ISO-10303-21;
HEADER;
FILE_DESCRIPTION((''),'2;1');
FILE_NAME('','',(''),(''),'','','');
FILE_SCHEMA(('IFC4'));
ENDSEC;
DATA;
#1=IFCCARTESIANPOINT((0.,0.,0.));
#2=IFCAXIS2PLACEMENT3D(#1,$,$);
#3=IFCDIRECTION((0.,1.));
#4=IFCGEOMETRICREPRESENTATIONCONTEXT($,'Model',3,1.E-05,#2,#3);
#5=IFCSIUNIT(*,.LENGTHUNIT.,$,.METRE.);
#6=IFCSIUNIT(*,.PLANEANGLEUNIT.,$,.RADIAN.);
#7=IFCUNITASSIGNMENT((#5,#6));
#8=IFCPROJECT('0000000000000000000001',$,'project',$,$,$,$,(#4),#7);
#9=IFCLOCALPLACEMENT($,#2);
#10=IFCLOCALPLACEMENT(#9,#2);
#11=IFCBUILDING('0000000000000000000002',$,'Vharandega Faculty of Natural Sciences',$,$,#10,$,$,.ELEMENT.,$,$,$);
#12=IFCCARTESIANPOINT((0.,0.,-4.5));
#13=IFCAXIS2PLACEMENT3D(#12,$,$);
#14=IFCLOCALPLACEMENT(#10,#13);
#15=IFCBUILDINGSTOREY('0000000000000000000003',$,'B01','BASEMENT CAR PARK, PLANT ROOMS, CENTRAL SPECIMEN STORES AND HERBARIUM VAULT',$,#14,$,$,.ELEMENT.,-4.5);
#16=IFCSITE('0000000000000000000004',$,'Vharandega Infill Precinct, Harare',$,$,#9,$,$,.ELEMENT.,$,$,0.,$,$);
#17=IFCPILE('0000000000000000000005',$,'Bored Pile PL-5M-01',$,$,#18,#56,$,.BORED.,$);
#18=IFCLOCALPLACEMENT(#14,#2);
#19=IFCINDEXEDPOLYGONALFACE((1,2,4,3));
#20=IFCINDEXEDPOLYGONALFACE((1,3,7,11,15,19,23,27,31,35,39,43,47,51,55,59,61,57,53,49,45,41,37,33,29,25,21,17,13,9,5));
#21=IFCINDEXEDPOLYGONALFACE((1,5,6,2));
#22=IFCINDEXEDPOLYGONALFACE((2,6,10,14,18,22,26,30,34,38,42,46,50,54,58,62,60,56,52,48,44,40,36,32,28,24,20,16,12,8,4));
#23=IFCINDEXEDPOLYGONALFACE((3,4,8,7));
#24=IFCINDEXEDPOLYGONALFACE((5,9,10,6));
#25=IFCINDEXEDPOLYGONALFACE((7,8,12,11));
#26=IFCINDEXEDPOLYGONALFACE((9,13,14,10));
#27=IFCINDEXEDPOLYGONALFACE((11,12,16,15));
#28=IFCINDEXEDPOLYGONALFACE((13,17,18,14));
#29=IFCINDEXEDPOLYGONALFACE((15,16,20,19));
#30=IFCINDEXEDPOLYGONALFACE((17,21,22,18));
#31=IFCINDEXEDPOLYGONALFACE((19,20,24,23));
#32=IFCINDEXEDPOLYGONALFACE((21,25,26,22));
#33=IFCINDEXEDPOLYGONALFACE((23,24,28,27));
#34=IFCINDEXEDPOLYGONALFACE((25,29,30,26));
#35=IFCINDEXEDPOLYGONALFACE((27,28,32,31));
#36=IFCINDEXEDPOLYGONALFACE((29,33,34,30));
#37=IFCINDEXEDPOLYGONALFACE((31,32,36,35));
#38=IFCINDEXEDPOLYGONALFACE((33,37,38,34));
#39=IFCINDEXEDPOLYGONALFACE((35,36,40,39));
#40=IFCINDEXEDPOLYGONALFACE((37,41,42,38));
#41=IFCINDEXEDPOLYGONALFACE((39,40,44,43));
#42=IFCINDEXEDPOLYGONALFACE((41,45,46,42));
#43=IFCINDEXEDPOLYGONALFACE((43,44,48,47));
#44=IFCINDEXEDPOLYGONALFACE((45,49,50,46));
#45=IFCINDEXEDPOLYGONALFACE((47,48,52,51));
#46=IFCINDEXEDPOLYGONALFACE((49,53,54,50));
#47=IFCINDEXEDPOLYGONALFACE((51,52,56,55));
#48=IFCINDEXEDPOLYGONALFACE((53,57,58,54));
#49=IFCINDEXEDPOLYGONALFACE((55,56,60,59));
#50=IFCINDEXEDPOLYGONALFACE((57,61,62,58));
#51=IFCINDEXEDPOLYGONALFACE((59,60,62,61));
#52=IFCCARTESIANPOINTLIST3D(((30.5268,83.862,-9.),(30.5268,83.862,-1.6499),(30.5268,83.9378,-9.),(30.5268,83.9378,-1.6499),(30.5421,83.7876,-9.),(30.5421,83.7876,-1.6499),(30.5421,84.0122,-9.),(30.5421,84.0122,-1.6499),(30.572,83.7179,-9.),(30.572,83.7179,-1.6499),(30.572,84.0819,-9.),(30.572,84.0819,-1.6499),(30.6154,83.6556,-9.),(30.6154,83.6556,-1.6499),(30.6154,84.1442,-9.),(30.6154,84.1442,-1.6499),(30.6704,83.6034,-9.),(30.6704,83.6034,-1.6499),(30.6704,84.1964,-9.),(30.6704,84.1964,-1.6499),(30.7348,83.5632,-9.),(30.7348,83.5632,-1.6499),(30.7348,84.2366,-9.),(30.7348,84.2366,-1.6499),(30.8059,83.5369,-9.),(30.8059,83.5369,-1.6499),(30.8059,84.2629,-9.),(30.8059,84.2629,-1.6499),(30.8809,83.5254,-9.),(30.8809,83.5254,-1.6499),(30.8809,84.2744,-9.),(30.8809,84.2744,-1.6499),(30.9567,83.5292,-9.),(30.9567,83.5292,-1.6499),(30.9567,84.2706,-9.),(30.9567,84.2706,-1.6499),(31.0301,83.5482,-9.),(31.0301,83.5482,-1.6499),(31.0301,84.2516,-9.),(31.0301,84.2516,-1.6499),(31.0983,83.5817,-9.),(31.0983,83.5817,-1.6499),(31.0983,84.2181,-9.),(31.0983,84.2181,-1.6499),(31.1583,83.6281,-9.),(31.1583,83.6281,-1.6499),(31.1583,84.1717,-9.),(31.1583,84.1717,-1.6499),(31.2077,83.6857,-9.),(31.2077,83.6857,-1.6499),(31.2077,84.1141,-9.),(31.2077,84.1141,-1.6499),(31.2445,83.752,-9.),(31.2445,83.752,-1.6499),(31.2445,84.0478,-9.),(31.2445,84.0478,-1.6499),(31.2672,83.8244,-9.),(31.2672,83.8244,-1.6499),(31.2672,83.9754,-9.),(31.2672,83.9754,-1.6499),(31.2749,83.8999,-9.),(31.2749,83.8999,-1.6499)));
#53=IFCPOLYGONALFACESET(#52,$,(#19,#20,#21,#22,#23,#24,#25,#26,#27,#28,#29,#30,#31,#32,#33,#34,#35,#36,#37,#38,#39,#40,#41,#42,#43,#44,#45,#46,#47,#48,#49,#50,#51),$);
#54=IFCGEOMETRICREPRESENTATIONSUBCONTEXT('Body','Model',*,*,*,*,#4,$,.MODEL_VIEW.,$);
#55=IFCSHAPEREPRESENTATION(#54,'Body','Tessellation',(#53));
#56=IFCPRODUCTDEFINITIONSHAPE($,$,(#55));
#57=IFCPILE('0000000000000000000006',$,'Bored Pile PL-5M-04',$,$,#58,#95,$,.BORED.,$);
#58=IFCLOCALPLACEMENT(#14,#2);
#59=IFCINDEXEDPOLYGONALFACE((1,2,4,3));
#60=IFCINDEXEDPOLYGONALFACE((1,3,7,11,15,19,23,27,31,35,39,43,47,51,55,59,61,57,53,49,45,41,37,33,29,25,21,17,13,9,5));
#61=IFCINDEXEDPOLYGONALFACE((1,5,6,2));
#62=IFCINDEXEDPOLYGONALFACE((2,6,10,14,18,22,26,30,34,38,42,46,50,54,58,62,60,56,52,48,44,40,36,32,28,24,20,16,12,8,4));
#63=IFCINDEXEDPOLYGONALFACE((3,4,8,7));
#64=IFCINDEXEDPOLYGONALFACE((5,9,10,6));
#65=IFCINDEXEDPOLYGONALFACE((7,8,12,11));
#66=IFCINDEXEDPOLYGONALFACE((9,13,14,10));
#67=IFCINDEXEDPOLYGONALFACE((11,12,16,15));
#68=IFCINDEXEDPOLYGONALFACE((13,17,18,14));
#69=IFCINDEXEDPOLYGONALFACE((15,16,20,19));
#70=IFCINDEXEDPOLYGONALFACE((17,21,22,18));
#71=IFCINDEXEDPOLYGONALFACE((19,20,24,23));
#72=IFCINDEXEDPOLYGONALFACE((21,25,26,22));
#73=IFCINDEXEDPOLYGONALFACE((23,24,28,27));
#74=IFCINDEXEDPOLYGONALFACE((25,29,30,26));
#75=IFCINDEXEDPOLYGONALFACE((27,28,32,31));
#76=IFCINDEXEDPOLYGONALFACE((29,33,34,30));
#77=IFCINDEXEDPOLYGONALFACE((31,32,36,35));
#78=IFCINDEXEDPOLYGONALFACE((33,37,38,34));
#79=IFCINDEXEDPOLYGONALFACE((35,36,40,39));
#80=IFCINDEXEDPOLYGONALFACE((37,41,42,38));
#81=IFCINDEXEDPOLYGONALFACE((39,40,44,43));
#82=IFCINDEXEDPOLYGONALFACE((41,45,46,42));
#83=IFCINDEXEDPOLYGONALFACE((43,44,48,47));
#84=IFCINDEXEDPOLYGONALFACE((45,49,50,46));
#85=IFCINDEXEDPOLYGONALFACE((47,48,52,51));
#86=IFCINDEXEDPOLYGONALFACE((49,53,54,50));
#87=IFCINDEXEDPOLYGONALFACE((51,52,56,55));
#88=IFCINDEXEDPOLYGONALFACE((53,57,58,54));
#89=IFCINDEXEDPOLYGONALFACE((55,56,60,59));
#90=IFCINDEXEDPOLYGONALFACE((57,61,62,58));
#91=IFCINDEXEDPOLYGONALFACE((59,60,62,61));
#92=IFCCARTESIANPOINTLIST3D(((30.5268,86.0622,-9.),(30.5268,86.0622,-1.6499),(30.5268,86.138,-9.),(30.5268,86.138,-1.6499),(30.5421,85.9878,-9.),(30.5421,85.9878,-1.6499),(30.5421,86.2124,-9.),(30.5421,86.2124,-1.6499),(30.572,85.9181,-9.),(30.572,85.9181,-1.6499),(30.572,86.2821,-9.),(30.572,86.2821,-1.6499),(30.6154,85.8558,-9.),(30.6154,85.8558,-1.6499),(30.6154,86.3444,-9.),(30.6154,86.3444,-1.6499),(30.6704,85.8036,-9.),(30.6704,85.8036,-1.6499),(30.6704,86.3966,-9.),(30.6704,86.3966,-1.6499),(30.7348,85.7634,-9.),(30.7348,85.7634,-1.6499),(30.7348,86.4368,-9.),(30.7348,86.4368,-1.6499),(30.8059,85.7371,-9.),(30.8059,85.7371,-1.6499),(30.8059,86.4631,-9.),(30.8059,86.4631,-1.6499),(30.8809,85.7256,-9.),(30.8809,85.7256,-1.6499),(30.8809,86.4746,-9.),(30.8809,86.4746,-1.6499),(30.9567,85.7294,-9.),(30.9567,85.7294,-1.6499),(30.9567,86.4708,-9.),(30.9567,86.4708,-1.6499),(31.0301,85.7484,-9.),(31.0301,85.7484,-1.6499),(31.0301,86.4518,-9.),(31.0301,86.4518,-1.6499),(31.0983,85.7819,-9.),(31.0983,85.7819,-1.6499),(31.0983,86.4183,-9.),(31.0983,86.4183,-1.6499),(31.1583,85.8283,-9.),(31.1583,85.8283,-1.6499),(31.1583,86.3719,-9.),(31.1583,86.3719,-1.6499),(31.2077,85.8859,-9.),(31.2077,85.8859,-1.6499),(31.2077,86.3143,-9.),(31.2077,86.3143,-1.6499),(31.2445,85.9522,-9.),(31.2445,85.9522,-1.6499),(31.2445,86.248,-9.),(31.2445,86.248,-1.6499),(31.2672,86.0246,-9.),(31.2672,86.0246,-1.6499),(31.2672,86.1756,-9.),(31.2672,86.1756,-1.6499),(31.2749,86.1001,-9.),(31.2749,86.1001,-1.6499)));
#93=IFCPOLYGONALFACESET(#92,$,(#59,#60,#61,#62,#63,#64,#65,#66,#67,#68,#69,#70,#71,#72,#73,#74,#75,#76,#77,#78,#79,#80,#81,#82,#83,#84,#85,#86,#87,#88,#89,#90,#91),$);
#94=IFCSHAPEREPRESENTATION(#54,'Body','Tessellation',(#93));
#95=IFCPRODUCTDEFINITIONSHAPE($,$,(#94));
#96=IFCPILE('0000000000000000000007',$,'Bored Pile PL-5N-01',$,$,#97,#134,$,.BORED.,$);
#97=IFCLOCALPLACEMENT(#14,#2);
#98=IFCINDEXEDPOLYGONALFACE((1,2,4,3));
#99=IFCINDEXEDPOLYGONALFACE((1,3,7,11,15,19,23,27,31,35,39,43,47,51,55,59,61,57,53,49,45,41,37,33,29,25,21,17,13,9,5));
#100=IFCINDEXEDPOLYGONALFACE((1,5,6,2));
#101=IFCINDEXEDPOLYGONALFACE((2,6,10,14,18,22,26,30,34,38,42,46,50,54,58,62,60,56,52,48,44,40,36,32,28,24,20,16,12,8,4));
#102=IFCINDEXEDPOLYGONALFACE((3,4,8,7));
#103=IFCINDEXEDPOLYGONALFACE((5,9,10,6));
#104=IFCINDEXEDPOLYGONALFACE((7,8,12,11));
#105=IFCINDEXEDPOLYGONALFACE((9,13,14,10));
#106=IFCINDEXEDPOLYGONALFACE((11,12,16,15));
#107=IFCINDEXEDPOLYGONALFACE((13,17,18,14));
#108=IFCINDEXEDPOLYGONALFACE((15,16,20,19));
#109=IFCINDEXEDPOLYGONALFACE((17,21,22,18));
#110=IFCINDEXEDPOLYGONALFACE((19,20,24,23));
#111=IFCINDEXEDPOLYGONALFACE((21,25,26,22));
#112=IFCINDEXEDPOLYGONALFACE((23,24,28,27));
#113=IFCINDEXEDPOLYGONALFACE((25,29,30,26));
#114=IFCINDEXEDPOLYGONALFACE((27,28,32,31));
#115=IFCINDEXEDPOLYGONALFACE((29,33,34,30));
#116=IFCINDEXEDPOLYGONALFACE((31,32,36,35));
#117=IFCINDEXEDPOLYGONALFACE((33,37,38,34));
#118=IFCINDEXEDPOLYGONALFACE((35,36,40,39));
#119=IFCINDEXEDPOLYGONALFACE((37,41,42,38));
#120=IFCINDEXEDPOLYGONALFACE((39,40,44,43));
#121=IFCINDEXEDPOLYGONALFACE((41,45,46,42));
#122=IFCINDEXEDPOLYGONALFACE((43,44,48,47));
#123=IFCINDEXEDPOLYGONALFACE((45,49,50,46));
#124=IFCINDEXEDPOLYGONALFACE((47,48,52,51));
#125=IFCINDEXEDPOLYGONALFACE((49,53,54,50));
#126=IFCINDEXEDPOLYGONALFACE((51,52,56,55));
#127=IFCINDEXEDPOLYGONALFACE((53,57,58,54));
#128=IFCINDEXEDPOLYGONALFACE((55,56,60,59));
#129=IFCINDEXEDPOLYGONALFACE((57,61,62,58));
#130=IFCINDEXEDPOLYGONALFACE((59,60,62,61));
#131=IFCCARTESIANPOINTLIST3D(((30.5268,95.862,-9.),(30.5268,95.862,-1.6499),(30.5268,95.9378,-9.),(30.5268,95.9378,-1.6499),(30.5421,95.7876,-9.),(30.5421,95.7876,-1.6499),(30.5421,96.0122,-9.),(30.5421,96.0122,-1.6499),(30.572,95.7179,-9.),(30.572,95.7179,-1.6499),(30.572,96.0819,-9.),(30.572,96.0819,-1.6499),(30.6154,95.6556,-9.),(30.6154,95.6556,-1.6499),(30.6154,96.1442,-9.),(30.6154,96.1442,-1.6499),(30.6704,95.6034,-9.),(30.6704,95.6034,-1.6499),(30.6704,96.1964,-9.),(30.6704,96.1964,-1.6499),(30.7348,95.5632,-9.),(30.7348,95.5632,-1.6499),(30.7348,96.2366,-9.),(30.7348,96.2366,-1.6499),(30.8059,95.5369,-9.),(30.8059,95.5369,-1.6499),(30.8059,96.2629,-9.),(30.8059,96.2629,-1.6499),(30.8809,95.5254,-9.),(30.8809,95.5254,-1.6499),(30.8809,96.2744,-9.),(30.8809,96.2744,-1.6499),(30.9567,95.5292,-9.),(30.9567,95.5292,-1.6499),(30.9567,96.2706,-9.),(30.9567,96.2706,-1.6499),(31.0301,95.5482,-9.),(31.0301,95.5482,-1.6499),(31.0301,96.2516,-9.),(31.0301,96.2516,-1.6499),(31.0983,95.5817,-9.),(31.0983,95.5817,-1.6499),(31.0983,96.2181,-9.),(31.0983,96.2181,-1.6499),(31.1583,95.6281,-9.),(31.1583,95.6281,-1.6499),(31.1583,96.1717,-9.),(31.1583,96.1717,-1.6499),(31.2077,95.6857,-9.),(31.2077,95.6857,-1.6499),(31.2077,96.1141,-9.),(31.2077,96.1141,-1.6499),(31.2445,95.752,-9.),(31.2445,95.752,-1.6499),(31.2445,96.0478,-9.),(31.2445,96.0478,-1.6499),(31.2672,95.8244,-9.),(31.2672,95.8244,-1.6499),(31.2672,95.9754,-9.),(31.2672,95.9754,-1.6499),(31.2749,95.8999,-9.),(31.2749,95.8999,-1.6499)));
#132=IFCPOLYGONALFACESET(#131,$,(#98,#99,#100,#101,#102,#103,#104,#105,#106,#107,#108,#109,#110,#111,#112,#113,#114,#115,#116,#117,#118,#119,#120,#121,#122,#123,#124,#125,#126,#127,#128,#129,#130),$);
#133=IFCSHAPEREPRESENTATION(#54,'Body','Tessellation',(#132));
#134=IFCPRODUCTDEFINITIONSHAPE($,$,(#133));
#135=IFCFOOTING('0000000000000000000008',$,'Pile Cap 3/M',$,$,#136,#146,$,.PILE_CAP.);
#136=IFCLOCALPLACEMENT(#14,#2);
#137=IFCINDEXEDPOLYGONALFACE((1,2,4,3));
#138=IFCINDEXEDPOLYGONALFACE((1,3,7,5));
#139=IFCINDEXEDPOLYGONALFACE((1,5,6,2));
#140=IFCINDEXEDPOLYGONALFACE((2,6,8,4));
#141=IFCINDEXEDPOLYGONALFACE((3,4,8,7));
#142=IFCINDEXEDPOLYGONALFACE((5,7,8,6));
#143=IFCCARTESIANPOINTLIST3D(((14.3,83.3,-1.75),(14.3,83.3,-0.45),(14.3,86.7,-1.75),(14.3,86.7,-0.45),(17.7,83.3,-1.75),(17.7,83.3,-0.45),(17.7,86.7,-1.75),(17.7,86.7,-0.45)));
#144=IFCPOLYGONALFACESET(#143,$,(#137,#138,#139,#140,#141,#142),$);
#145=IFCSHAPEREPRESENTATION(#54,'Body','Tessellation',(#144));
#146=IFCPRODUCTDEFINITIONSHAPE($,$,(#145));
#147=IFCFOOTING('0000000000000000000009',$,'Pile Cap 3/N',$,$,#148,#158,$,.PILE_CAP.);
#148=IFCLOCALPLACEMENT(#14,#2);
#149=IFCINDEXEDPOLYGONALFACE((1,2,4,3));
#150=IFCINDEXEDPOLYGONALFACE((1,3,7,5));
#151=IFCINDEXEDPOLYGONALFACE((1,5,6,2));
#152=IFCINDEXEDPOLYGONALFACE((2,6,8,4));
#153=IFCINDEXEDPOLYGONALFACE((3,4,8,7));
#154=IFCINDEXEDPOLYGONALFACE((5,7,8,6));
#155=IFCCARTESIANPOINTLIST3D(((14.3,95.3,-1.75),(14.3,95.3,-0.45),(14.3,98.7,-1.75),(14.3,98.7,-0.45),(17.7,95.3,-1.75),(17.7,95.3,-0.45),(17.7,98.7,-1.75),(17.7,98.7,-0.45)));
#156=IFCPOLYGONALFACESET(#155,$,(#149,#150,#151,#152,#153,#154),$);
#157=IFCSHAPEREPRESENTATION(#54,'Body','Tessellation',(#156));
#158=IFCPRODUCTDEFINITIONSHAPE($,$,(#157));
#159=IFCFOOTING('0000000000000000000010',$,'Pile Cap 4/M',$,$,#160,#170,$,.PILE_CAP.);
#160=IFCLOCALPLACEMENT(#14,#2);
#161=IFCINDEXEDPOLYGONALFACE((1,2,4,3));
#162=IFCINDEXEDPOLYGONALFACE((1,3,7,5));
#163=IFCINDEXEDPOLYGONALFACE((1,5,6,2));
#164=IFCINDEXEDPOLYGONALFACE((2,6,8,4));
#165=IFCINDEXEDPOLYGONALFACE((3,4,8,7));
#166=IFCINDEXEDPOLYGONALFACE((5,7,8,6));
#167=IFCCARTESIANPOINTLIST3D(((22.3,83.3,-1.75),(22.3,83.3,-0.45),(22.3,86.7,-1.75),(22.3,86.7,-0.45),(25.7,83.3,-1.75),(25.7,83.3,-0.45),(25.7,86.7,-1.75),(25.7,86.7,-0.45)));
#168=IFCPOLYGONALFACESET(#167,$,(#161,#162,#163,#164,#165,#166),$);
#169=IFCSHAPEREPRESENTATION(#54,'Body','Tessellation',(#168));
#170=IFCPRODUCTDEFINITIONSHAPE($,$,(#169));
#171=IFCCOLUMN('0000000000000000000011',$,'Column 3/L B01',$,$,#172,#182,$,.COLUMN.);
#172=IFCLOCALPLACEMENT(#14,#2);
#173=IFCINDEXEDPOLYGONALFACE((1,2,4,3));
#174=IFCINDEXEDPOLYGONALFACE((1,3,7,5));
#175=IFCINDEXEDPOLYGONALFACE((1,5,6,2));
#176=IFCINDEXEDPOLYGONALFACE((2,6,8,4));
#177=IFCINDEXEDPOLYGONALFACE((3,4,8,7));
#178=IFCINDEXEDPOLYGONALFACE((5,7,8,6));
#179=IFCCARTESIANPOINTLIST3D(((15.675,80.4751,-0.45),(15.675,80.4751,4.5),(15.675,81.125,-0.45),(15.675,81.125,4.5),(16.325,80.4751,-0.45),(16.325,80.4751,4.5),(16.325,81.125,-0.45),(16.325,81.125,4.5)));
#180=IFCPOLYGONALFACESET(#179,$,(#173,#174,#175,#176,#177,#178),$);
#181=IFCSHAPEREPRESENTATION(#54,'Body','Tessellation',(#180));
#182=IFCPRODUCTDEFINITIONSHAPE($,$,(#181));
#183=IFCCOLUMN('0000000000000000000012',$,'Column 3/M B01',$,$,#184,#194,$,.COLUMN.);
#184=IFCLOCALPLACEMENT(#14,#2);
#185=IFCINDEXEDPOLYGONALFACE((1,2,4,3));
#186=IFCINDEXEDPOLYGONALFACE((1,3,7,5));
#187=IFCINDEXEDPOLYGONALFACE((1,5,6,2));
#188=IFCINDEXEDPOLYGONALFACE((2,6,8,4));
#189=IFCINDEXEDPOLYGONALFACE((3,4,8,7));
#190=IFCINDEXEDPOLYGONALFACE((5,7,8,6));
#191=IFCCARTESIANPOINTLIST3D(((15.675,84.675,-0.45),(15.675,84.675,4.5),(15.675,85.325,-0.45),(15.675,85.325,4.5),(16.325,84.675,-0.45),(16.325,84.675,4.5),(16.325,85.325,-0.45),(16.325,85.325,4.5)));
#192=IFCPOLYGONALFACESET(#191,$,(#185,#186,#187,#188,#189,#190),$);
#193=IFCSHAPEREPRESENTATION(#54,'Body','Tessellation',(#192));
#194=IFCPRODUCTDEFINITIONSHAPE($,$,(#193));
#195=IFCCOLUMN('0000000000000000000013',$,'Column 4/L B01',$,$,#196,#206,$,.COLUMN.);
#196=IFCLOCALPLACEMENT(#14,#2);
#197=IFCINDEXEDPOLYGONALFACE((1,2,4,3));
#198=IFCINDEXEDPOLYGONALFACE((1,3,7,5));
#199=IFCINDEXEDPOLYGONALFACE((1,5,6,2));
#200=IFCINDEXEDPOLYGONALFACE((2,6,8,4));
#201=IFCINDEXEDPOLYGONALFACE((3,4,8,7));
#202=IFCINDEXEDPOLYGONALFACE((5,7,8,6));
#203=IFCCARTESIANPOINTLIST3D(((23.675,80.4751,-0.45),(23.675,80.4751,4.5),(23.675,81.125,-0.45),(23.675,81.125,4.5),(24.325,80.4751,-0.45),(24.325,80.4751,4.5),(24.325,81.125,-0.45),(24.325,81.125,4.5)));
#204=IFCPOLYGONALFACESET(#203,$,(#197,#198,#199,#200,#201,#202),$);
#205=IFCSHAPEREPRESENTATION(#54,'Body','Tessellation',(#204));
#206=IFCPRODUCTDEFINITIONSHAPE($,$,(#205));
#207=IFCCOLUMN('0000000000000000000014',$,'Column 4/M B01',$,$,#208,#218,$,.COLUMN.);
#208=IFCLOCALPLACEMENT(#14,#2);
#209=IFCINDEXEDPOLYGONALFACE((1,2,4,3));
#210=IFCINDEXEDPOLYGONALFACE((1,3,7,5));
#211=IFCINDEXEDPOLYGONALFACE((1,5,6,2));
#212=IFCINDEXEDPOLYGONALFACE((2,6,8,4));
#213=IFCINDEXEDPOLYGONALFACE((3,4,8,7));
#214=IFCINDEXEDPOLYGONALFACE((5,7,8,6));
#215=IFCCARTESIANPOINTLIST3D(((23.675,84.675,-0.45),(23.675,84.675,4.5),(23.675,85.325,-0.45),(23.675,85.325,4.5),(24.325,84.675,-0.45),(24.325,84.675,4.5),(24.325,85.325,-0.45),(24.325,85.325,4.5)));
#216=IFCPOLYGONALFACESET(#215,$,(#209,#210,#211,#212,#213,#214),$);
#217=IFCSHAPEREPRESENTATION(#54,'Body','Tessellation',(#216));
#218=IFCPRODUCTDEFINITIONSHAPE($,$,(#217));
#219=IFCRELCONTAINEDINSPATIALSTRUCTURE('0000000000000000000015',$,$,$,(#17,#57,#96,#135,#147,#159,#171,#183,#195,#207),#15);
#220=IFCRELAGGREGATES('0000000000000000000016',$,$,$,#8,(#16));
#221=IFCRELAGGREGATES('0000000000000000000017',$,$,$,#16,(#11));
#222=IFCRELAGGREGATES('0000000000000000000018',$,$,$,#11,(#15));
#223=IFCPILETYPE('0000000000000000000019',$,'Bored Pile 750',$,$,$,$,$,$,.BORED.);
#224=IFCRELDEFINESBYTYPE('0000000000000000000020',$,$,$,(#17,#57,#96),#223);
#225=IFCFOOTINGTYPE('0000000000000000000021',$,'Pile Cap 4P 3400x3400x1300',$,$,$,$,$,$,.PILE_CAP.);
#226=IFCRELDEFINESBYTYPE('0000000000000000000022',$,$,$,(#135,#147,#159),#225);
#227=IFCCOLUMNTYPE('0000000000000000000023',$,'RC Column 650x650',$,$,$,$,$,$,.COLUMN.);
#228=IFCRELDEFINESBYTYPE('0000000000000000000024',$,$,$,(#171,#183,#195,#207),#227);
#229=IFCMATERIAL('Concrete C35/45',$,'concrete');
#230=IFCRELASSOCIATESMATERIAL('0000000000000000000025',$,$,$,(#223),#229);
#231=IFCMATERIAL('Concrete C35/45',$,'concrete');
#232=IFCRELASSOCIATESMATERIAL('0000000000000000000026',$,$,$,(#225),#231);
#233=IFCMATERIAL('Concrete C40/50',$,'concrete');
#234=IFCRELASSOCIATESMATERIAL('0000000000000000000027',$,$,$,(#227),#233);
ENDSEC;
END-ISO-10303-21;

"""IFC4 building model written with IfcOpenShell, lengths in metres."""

from ifc_helpers import new_model, si_unit, direction, frame, origin, origin_2d, place, context, subcontext, project, spatial, rectangle, circle, extrude, material, material_profile, profile_set, type_object, element, save


model = new_model("IFC4")

# Units and contexts
model_context = context("Model", 3, precision=1e-05, world=origin(), true_north=direction((0.0, 1.0)))
body_context = subcontext(model_context, "Body", "Model", "MODEL_VIEW")
ifc_project = project(units=[si_unit("LENGTHUNIT", "METRE"), si_unit("PLANEANGLEUNIT", "RADIAN")], contexts=[model_context])

# Site, building, storey
site_placement = place(None, origin())
site = spatial("IfcSite", under=ifc_project, at=site_placement, Name="Vharandega Infill Precinct, Harare", CompositionType="ELEMENT", RefElevation=0.0)
building_placement = place(site_placement, origin())
building = spatial("IfcBuilding", under=site, at=building_placement, Name="Vharandega Faculty of Natural Sciences", CompositionType="ELEMENT")
storey_placement = place(building_placement, frame((0.0, 0.0, -4.5)))
storey = spatial("IfcBuildingStorey", under=building, at=storey_placement, Name="B01", Description="BASEMENT CAR PARK, PLANT ROOMS, CENTRAL SPECIMEN STORES AND HERBARIUM VAULT", CompositionType="ELEMENT", Elevation=-4.5)

# Piles
ifc_material_1 = material(Name="Concrete C35/45", Category="concrete")
ifc_material_profile_1 = material_profile(ifc_material_1, circle(Radius=0.375, at=origin_2d()), Name="PILE 750")
ifc_profile_set_1 = profile_set([ifc_material_profile_1], Name="Concrete C35/45")
pile_type = type_object("IfcPileType", Name="Bored Pile 750", PredefinedType="BORED", material=ifc_profile_set_1)
for number, where, z_axis, x_axis, name in (
    (1, (30.8999, 83.8999, -1.6499), (0.0, 0.0, -1.0), (1.0, 0.0, 0.0), "Bored Pile PL-5M-01"),
    (2, (30.8999, 86.1001, -1.6499), (0.0, 0.0, -1.0), (1.0, 0.0, 0.0), "Bored Pile PL-5M-04"),
    (3, (30.8999, 95.8999, -1.6499), (0.0, 0.0, -1.0), (1.0, 0.0, 0.0), "Bored Pile PL-5N-01"),
):
    element("IfcPile", number, at=place(storey_placement, frame(where, z_axis=z_axis, x_axis=x_axis)), inside=storey, type_object=pile_type, Name=name, PredefinedType="BORED", context=body_context, shape_type="SweptSolid", body=[
        extrude(circle(Radius=0.375, at=origin_2d()), origin(), (0.0, 0.0, 1.0), 7.3501),
    ])

# Footings
ifc_material_2 = material(Name="Concrete C35/45", Category="concrete")
footing_type = type_object("IfcFootingType", Name="Pile Cap 4P 3400x3400x1300", PredefinedType="PILE_CAP", material=ifc_material_2)
for number, where, z_axis, x_axis, name in (
    (4, (16.0, 85.0, -1.75), (0.0, 0.0, 1.0), (1.0, 0.0, 0.0), "Pile Cap 3/M"),
    (5, (16.0, 97.0, -1.75), (0.0, 0.0, 1.0), (1.0, 0.0, 0.0), "Pile Cap 3/N"),
    (6, (24.0, 85.0, -1.75), (0.0, 0.0, 1.0), (1.0, 0.0, 0.0), "Pile Cap 4/M"),
):
    element("IfcFooting", number, at=place(storey_placement, frame(where, z_axis=z_axis, x_axis=x_axis)), inside=storey, type_object=footing_type, Name=name, PredefinedType="PILE_CAP", context=body_context, shape_type="SweptSolid", body=[
        extrude(rectangle(XDim=3.3999, YDim=3.3999, at=origin_2d()), origin(), (0.0, 0.0, 1.0), 1.3),
    ])

# Columns
ifc_material_3 = material(Name="Concrete C40/50", Category="concrete")
ifc_material_profile_2 = material_profile(ifc_material_3, rectangle(XDim=0.6499, YDim=0.6499, at=origin_2d()), Name="RC 650x650")
ifc_profile_set_2 = profile_set([ifc_material_profile_2], Name="Concrete C40/50")
column_type = type_object("IfcColumnType", Name="RC Column 650x650", PredefinedType="COLUMN", material=ifc_profile_set_2)
for number, where, z_axis, x_axis, name in (
    (7, (16.0, 80.8, -0.45), (0.0, 0.0, 1.0), (1.0, 0.0, 0.0), "Column 3/L B01"),
    (8, (16.0, 85.0, -0.45), (0.0, 0.0, 1.0), (1.0, 0.0, 0.0), "Column 3/M B01"),
    (9, (24.0, 80.8, -0.45), (0.0, 0.0, 1.0), (1.0, 0.0, 0.0), "Column 4/L B01"),
    (10, (24.0, 85.0, -0.45), (0.0, 0.0, 1.0), (1.0, 0.0, 0.0), "Column 4/M B01"),
):
    element("IfcColumn", number, at=place(storey_placement, frame(where, z_axis=z_axis, x_axis=x_axis)), inside=storey, type_object=column_type, Name=name, PredefinedType="COLUMN", context=body_context, shape_type="SweptSolid", body=[
        extrude(rectangle(XDim=0.6499, YDim=0.6499, at=origin_2d()), origin(), (0.0, 0.0, 1.0), 4.95),
    ])

save(model, "model.ifc")
